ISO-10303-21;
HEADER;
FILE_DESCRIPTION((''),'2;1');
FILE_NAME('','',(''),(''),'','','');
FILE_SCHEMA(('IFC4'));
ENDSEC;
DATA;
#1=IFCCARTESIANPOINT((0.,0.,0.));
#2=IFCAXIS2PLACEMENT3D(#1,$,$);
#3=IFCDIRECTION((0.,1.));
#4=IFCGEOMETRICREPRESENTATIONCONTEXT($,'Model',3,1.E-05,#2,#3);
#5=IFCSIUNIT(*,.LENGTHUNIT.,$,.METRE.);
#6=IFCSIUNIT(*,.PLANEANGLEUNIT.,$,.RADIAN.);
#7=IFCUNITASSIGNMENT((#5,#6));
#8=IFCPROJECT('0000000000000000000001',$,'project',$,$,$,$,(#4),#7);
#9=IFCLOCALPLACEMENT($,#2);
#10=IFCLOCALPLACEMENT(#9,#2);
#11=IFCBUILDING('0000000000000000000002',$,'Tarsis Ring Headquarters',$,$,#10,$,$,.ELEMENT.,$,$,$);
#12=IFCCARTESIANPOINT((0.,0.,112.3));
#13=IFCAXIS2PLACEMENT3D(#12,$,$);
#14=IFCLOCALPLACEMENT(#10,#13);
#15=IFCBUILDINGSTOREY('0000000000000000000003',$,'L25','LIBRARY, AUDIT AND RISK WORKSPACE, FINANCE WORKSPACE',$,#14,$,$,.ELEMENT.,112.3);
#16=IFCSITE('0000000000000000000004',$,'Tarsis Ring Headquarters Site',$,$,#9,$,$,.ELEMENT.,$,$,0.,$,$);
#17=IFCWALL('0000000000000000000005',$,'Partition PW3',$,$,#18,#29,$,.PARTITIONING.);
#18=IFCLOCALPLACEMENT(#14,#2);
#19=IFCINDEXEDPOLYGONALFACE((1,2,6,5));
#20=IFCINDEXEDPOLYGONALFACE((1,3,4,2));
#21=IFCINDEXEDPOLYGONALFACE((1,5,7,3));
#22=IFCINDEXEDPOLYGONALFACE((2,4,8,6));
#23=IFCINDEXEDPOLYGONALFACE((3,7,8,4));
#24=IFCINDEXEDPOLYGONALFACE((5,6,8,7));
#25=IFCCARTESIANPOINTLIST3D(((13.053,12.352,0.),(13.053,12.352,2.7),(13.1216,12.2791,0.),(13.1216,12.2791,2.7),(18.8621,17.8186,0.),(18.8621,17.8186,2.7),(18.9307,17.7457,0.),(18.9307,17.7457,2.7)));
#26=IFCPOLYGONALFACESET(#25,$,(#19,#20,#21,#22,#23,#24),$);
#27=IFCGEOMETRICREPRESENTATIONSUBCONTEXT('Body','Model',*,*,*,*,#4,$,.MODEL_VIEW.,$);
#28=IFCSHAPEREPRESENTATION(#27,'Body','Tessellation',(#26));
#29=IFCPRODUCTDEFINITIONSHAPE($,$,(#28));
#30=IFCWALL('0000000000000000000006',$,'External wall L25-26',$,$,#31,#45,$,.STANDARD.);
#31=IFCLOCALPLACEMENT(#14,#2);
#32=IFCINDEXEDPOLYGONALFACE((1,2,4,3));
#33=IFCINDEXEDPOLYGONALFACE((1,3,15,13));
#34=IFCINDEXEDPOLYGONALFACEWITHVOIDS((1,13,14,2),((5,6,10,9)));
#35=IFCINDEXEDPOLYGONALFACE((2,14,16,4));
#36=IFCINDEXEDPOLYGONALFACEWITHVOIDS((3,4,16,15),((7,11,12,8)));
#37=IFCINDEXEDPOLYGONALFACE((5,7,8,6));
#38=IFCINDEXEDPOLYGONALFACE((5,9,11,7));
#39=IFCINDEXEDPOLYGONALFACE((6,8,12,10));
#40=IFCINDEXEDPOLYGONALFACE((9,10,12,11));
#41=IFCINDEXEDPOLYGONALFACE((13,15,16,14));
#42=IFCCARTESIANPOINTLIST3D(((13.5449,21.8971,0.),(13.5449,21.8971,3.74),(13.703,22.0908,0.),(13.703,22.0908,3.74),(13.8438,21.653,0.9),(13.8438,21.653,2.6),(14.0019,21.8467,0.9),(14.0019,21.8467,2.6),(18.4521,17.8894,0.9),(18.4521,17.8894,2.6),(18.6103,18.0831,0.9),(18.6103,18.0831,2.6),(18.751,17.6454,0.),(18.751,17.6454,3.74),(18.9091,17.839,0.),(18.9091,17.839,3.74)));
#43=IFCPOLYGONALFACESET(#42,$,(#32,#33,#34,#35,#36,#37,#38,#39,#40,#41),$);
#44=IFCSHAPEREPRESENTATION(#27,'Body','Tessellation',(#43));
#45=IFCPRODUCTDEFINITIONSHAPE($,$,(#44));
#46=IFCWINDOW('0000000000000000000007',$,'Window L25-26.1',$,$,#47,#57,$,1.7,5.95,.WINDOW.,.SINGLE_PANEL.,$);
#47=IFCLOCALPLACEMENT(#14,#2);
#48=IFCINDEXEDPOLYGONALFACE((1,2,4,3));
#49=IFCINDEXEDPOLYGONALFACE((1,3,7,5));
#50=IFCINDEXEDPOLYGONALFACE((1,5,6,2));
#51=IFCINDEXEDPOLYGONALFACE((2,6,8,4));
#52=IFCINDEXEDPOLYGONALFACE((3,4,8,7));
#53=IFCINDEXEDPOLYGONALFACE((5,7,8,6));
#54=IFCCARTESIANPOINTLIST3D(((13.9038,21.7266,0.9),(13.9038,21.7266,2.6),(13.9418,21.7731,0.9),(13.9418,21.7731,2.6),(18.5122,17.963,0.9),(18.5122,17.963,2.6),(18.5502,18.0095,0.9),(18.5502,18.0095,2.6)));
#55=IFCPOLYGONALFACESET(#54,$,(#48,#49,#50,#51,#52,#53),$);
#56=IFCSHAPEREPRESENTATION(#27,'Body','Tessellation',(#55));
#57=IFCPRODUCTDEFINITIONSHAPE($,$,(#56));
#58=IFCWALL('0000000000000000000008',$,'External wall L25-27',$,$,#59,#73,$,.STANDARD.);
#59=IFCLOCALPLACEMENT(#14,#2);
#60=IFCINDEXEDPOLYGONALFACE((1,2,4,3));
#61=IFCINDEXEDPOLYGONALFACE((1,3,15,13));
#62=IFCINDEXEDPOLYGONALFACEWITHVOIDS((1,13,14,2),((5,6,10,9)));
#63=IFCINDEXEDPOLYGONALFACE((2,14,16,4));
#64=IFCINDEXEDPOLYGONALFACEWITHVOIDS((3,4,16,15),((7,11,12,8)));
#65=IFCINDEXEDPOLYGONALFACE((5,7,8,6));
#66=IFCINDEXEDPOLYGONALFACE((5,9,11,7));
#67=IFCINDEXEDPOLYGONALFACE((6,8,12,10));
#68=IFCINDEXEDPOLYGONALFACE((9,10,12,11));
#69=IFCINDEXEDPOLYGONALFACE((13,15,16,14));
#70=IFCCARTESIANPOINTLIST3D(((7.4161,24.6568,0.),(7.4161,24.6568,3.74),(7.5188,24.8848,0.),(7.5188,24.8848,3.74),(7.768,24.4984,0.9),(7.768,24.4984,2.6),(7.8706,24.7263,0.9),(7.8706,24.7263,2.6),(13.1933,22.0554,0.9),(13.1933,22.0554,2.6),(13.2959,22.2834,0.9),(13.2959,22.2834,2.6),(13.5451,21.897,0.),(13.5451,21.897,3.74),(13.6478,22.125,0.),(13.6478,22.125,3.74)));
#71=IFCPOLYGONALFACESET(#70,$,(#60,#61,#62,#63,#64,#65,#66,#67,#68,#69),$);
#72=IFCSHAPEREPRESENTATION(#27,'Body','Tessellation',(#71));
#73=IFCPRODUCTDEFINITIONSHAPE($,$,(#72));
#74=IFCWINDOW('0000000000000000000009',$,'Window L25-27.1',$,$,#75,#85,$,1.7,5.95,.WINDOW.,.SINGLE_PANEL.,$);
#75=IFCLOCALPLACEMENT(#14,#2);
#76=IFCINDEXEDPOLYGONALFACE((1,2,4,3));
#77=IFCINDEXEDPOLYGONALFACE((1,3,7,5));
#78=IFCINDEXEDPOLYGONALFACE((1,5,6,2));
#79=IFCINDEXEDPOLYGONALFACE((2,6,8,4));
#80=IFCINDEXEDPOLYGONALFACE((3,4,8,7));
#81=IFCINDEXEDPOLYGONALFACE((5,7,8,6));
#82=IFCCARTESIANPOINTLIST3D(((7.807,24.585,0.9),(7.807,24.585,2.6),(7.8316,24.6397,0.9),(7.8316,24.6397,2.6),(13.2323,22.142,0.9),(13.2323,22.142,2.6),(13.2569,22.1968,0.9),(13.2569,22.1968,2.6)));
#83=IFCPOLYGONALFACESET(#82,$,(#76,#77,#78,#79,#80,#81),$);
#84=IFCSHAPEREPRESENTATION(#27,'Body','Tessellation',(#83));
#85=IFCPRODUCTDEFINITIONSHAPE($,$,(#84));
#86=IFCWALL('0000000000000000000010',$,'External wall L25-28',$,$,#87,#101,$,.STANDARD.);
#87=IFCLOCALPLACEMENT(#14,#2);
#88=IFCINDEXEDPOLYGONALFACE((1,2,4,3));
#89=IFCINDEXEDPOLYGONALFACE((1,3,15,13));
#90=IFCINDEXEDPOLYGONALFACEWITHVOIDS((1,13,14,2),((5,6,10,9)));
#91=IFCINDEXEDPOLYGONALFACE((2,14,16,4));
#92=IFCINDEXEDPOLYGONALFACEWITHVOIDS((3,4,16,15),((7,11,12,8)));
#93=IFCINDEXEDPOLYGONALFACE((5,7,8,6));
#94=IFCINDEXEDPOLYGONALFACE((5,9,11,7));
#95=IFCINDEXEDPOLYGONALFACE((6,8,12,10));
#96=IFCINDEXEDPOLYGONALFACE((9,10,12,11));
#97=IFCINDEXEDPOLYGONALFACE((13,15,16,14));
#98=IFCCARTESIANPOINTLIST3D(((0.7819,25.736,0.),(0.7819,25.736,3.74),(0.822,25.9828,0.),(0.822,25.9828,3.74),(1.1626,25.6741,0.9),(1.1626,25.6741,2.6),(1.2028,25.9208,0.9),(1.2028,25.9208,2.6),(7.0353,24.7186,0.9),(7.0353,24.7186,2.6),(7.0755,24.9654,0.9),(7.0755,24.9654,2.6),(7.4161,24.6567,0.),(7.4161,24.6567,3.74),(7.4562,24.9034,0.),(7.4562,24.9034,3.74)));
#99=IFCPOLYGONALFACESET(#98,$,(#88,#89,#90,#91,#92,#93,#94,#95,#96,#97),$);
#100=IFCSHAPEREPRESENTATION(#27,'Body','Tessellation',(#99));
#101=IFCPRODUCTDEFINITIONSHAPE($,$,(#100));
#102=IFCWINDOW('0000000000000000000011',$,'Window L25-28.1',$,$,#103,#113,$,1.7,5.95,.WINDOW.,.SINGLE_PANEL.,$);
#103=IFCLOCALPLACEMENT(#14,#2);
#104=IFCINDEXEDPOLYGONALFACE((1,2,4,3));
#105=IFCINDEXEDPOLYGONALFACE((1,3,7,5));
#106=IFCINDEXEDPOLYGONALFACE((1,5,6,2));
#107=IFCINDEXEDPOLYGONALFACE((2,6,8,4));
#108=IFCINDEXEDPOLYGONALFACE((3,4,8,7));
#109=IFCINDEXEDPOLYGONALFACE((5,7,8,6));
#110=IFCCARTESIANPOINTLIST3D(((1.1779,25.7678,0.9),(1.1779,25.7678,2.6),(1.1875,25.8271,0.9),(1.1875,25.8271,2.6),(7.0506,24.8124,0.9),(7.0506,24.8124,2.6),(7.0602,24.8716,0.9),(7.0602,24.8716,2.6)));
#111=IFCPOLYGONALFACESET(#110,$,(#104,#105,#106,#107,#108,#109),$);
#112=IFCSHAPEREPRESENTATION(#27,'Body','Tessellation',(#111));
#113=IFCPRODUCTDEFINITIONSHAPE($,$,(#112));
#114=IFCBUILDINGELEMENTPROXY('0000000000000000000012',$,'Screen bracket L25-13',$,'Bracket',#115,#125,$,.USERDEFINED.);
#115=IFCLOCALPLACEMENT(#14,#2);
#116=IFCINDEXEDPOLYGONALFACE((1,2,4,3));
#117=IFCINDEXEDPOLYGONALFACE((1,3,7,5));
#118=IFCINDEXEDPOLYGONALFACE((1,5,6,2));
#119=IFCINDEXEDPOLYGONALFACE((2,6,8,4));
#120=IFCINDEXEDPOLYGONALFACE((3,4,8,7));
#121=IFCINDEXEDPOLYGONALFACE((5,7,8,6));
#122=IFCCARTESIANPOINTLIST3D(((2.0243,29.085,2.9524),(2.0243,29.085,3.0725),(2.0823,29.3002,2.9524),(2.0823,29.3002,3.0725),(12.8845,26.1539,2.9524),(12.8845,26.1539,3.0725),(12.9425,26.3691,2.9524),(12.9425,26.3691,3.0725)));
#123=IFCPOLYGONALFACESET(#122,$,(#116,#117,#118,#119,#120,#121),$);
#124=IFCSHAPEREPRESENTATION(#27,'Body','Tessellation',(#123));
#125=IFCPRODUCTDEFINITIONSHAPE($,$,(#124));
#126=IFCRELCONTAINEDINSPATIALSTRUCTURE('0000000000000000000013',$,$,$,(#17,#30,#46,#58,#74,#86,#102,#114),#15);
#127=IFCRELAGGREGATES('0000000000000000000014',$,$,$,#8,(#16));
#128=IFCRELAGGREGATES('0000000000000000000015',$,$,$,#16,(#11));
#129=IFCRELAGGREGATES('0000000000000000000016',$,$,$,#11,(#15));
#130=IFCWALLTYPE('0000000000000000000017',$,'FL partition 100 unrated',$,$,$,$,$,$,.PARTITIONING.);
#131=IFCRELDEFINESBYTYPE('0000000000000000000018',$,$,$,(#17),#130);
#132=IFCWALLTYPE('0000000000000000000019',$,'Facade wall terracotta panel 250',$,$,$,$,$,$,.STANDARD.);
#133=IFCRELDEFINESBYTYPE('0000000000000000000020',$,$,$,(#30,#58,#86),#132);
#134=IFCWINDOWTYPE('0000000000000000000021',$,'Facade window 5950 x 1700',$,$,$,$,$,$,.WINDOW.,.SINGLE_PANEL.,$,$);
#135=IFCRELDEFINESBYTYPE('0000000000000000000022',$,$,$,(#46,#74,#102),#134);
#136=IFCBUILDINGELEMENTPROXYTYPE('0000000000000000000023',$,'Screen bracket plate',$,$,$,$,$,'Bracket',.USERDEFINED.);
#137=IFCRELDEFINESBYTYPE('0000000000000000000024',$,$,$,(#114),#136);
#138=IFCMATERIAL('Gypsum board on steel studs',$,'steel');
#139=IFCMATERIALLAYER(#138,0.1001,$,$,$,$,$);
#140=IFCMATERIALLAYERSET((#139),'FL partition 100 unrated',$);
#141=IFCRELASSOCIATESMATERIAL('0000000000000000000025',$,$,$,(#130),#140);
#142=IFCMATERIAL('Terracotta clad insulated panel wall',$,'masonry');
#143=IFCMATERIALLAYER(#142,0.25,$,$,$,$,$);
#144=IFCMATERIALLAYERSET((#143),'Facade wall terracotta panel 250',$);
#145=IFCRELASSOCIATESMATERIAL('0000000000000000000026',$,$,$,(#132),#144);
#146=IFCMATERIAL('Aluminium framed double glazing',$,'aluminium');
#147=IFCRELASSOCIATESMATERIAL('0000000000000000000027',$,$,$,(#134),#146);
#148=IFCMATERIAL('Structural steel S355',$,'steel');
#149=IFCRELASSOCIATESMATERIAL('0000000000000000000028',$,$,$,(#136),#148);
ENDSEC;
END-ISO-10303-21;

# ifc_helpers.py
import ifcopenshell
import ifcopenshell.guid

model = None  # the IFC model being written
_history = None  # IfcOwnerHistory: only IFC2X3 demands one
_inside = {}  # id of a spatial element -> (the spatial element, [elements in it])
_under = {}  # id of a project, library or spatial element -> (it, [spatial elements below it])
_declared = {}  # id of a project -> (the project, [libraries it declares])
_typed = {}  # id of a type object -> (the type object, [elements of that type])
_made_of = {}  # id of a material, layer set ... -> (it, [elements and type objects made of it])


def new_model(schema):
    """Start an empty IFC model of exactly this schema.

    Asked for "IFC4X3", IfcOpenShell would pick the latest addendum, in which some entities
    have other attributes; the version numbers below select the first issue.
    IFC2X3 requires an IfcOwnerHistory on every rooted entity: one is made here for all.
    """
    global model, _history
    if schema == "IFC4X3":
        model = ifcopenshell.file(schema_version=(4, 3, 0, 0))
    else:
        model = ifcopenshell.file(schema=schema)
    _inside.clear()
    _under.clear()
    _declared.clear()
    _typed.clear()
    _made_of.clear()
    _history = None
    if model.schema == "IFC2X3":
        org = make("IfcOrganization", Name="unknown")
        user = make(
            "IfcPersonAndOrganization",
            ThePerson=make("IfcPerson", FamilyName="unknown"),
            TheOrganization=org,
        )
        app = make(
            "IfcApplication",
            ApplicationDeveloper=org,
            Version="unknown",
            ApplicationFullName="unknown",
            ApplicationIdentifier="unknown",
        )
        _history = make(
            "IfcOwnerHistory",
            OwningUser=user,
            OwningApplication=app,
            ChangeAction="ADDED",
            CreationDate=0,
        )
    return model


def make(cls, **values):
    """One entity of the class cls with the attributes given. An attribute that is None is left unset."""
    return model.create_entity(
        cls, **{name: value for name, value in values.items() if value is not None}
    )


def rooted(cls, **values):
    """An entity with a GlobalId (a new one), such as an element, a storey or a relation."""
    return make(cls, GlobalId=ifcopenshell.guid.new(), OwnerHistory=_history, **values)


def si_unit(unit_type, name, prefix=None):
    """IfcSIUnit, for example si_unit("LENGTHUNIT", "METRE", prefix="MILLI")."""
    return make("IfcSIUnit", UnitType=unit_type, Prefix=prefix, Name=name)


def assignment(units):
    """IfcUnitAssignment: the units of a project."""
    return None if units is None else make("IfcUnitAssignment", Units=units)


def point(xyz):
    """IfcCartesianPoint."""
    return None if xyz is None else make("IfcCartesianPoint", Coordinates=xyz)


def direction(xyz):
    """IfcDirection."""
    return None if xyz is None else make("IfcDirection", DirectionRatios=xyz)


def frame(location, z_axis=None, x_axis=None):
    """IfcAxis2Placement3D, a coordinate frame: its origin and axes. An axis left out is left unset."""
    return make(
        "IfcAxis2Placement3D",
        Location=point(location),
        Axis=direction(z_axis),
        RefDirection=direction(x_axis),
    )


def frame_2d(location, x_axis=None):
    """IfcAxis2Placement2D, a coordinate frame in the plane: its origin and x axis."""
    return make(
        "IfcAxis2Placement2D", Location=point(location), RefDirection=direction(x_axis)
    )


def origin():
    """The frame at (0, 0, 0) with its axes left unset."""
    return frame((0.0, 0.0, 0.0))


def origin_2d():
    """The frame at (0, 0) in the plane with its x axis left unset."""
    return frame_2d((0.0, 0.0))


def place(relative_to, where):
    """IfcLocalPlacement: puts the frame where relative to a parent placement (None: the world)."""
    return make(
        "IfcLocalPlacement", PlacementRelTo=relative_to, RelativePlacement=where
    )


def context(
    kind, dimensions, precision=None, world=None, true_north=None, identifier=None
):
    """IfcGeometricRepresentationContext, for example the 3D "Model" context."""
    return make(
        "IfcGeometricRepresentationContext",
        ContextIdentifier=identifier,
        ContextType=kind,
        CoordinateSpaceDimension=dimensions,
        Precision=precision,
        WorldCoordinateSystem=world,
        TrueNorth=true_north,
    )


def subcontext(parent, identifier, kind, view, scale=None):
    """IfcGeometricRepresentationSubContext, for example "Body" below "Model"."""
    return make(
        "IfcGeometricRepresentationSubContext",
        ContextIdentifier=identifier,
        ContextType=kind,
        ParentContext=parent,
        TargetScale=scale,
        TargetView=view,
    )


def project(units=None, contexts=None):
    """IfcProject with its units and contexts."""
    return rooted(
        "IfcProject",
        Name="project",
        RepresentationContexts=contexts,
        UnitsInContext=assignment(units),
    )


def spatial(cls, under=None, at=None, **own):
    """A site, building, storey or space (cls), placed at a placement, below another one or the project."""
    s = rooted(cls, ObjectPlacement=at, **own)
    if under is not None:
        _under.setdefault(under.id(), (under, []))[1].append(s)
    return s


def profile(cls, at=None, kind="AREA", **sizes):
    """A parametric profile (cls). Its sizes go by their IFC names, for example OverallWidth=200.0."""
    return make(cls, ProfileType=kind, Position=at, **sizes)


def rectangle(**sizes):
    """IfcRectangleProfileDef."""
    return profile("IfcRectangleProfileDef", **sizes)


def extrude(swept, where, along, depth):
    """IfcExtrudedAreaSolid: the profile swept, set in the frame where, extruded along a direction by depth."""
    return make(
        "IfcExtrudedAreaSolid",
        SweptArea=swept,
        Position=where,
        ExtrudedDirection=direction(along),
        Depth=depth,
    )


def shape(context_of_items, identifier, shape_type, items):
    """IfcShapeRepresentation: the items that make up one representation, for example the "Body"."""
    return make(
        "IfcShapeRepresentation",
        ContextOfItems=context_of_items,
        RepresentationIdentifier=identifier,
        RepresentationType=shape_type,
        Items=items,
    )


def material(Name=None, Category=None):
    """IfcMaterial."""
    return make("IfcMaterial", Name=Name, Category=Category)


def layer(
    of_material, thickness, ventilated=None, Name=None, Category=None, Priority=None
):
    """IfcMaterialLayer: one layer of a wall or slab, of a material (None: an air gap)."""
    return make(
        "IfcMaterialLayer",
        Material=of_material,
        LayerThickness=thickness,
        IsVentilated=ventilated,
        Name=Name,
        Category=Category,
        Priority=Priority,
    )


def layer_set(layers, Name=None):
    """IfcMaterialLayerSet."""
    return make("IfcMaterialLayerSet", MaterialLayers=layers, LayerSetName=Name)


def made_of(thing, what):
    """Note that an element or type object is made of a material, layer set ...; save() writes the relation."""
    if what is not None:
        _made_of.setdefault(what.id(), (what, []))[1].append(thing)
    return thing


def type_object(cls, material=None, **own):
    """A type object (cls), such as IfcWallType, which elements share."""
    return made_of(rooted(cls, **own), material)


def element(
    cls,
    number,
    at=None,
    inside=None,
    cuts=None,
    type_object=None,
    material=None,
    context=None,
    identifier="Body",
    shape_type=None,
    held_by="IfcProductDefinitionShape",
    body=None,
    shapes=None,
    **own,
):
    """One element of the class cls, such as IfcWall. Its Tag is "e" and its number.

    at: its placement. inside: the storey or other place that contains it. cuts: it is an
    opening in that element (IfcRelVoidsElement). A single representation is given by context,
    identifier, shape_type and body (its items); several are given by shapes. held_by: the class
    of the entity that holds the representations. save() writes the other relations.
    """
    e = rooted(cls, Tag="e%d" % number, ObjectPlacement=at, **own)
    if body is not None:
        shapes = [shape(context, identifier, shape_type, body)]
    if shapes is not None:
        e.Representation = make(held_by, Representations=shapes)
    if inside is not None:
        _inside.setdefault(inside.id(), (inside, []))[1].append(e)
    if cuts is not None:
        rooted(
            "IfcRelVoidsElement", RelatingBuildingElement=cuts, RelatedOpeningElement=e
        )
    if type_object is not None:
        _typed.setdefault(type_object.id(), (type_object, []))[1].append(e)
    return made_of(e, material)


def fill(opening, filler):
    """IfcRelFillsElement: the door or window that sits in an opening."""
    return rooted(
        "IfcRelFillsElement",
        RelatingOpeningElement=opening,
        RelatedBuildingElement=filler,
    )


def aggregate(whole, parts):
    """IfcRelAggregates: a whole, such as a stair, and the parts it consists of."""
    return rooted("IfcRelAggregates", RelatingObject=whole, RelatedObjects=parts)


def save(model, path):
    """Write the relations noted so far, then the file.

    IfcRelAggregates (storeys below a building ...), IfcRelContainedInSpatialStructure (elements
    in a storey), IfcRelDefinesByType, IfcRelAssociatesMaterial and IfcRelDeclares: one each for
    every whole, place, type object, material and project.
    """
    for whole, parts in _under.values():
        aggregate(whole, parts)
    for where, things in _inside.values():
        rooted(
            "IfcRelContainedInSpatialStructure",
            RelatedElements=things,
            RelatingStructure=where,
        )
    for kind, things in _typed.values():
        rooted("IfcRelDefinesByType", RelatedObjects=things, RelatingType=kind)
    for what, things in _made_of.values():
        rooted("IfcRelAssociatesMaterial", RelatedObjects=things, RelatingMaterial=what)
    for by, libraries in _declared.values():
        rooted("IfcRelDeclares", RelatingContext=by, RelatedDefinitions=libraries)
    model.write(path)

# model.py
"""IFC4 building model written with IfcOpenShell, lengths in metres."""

from ifc_helpers import new_model, si_unit, direction, frame, frame_2d, origin, origin_2d, place, context, subcontext, project, spatial, rectangle, extrude, material, layer, layer_set, type_object, element, fill, save


model = new_model("IFC4")

# Units and contexts
model_context = context("Model", 3, precision=1e-05, world=origin(), true_north=direction((0.0, 1.0)))
body_context = subcontext(model_context, "Body", "Model", "MODEL_VIEW")
ifc_project = project(units=[si_unit("LENGTHUNIT", "METRE"), si_unit("PLANEANGLEUNIT", "RADIAN")], contexts=[model_context])

# Site, building, storey
site_placement = place(None, origin())
site = spatial("IfcSite", under=ifc_project, at=site_placement, Name="Tarsis Ring Headquarters Site", CompositionType="ELEMENT", RefElevation=0.0)
building_placement = place(site_placement, origin())
building = spatial("IfcBuilding", under=site, at=building_placement, Name="Tarsis Ring Headquarters", CompositionType="ELEMENT")
storey_placement = place(building_placement, frame((0.0, 0.0, 112.3)))
storey = spatial("IfcBuildingStorey", under=building, at=storey_placement, Name="L25", Description="LIBRARY, AUDIT AND RISK WORKSPACE, FINANCE WORKSPACE", CompositionType="ELEMENT", Elevation=112.3)

# Shared definitions
ifc_material_1 = material(Name="Structural steel S355", Category="steel")

# Wall
ifc_material_2 = material(Name="Gypsum board on steel studs", Category="steel")
ifc_layer_1 = layer(ifc_material_2, 0.1001)
ifc_layer_set_1 = layer_set([ifc_layer_1], Name="FL partition 100 unrated")
wall_type_1 = type_object("IfcWallType", Name="FL partition 100 unrated", PredefinedType="PARTITIONING", material=ifc_layer_set_1)
wall_1_placement = place(storey_placement, frame((13.0874, 12.3157, 0.0), z_axis=(0.0, 0.0, 1.0), x_axis=(0.728251, 0.68531, 0.0)))
element("IfcWall", 1, at=wall_1_placement, inside=storey, type_object=wall_type_1, Name="Partition PW3", PredefinedType="PARTITIONING", context=body_context, shape_type="SweptSolid", body=[
    extrude(rectangle(XDim=7.9768, YDim=0.1001, at=frame_2d((3.9883, 0.0))), origin(), (0.0, 0.0, 1.0), 2.7),
])

# Walls, openings, windows
ifc_material_3 = material(Name="Terracotta clad insulated panel wall", Category="masonry")
ifc_layer_2 = layer(ifc_material_3, 0.25)
ifc_layer_set_2 = layer_set([ifc_layer_2], Name="Facade wall terracotta panel 250")
wall_type_2 = type_object("IfcWallType", Name="Facade wall terracotta panel 250", PredefinedType="STANDARD", material=ifc_layer_set_2)
wall_2_placement = place(storey_placement, frame((18.8301, 17.7422, 0.0), z_axis=(0.0, 0.0, 1.0), x_axis=(-0.774525, 0.632543, 0.0)))
wall_2 = element("IfcWall", 2, at=wall_2_placement, inside=storey, type_object=wall_type_2, Name="External wall L25-26", PredefinedType="STANDARD", context=body_context, shape_type="SweptSolid", body=[
    extrude(rectangle(XDim=6.7217, YDim=0.25, at=frame_2d((3.3608, 0.0))), origin(), (0.0, 0.0, 1.0), 3.74),
])
opening_1_placement = place(wall_2_placement, frame((0.3857, 0.0, 0.8999)))
opening_1 = element("IfcOpeningElement", 3, at=opening_1_placement, cuts=wall_2, PredefinedType="OPENING", context=body_context, shape_type="SweptSolid", body=[
    extrude(rectangle(XDim=5.95, YDim=1.7, at=frame_2d((2.9751, 0.8501))), frame((0.0, 0.135, 0.0), z_axis=(0.0, -1.0, 0.0), x_axis=(1.0, 0.0, 0.0)), (0.0, 0.0, 1.0), 0.27),
])
ifc_material_4 = material(Name="Aluminium framed double glazing", Category="aluminium")
window_type = type_object("IfcWindowType", Name="Facade window 5950 x 1700", PartitioningType="SINGLE_PANEL", PredefinedType="WINDOW", material=ifc_material_4)
window_1_placement = place(opening_1_placement, origin())
window_1 = element("IfcWindow", 4, at=window_1_placement, inside=storey, type_object=window_type, Name="Window L25-26.1", OverallHeight=1.7, OverallWidth=5.95, PartitioningType="SINGLE_PANEL", PredefinedType="WINDOW", context=body_context, shape_type="SweptSolid", body=[
    extrude(rectangle(XDim=5.95, YDim=1.7, at=frame_2d((2.9751, 0.8501))), frame((0.0, 0.03, 0.0), z_axis=(0.0, -1.0, 0.0), x_axis=(1.0, 0.0, 0.0)), (0.0, 0.0, 1.0), 0.0601),
])
fill(opening_1, window_1)
wall_3_placement = place(storey_placement, frame((13.5964, 22.011, 0.0), z_axis=(0.0, 0.0, 1.0), x_axis=(-0.911824, 0.410582, 0.0)))
wall_3 = element("IfcWall", 5, at=wall_3_placement, inside=storey, type_object=wall_type_2, Name="External wall L25-27", PredefinedType="STANDARD", context=body_context, shape_type="SweptSolid", body=[
    extrude(rectangle(XDim=6.7217, YDim=0.25, at=frame_2d((3.3608, 0.0))), origin(), (0.0, 0.0, 1.0), 3.74),
])
opening_2_placement = place(wall_3_placement, frame((0.3857, 0.0, 0.8999)))
opening_2 = element("IfcOpeningElement", 6, at=opening_2_placement, cuts=wall_3, PredefinedType="OPENING", context=body_context, shape_type="SweptSolid", body=[
    extrude(rectangle(XDim=5.95, YDim=1.7, at=frame_2d((2.9751, 0.8501))), frame((0.0, 0.135, 0.0), z_axis=(0.0, -1.0, 0.0), x_axis=(1.0, 0.0, 0.0)), (0.0, 0.0, 1.0), 0.27),
])
window_2_placement = place(opening_2_placement, origin())
window_2 = element("IfcWindow", 7, at=window_2_placement, inside=storey, type_object=window_type, Name="Window L25-27.1", OverallHeight=1.7, OverallWidth=5.95, PartitioningType="SINGLE_PANEL", PredefinedType="WINDOW", context=body_context, shape_type="SweptSolid", body=[
    extrude(rectangle(XDim=5.95, YDim=1.7, at=frame_2d((2.9751, 0.8501))), frame((0.0, 0.03, 0.0), z_axis=(0.0, -1.0, 0.0), x_axis=(1.0, 0.0, 0.0)), (0.0, 0.0, 1.0), 0.0601),
])
fill(opening_2, window_2)
wall_4_placement = place(storey_placement, frame((7.4363, 24.78, 0.0), z_axis=(0.0, 0.0, 1.0), x_axis=(-0.987023, 0.160581, 0.0)))
wall_4 = element("IfcWall", 8, at=wall_4_placement, inside=storey, type_object=wall_type_2, Name="External wall L25-28", PredefinedType="STANDARD", context=body_context, shape_type="SweptSolid", body=[
    extrude(rectangle(XDim=6.7214, YDim=0.25, at=frame_2d((3.3608, 0.0))), origin(), (0.0, 0.0, 1.0), 3.74),
])
opening_3_placement = place(wall_4_placement, frame((0.3857, 0.0, 0.8999)))
opening_3 = element("IfcOpeningElement", 9, at=opening_3_placement, cuts=wall_4, PredefinedType="OPENING", context=body_context, shape_type="SweptSolid", body=[
    extrude(rectangle(XDim=5.95, YDim=1.7, at=frame_2d((2.9751, 0.8501))), frame((0.0, 0.135, 0.0), z_axis=(0.0, -1.0, 0.0), x_axis=(1.0, 0.0, 0.0)), (0.0, 0.0, 1.0), 0.27),
])
window_3_placement = place(opening_3_placement, origin())
window_3 = element("IfcWindow", 10, at=window_3_placement, inside=storey, type_object=window_type, Name="Window L25-28.1", OverallHeight=1.7, OverallWidth=5.95, PartitioningType="SINGLE_PANEL", PredefinedType="WINDOW", context=body_context, shape_type="SweptSolid", body=[
    extrude(rectangle(XDim=5.95, YDim=1.7, at=frame_2d((2.9751, 0.8501))), frame((0.0, 0.03, 0.0), z_axis=(0.0, -1.0, 0.0), x_axis=(1.0, 0.0, 0.0)), (0.0, 0.0, 1.0), 0.0601),
])
fill(opening_3, window_3)

# Building element proxy
building_element_proxy_type = type_object("IfcBuildingElementProxyType", Name="Screen bracket plate", ElementType="Bracket", PredefinedType="USERDEFINED", material=ifc_material_1)
proxy_placement = place(storey_placement, frame((7.4834, 27.7271, 2.9524), z_axis=(0.0, 0.0, 1.0), x_axis=(-0.965455, 0.260568, 0.0)))
element("IfcBuildingElementProxy", 11, at=proxy_placement, inside=storey, type_object=building_element_proxy_type, Name="Screen bracket L25-13", ObjectType="Bracket", PredefinedType="USERDEFINED", context=body_context, shape_type="SweptSolid", body=[
    extrude(rectangle(XDim=11.2488, YDim=0.2229, at=origin_2d()), origin(), (0.0, 0.0, 1.0), 0.1201),
])

save(model, "model.ifc")
